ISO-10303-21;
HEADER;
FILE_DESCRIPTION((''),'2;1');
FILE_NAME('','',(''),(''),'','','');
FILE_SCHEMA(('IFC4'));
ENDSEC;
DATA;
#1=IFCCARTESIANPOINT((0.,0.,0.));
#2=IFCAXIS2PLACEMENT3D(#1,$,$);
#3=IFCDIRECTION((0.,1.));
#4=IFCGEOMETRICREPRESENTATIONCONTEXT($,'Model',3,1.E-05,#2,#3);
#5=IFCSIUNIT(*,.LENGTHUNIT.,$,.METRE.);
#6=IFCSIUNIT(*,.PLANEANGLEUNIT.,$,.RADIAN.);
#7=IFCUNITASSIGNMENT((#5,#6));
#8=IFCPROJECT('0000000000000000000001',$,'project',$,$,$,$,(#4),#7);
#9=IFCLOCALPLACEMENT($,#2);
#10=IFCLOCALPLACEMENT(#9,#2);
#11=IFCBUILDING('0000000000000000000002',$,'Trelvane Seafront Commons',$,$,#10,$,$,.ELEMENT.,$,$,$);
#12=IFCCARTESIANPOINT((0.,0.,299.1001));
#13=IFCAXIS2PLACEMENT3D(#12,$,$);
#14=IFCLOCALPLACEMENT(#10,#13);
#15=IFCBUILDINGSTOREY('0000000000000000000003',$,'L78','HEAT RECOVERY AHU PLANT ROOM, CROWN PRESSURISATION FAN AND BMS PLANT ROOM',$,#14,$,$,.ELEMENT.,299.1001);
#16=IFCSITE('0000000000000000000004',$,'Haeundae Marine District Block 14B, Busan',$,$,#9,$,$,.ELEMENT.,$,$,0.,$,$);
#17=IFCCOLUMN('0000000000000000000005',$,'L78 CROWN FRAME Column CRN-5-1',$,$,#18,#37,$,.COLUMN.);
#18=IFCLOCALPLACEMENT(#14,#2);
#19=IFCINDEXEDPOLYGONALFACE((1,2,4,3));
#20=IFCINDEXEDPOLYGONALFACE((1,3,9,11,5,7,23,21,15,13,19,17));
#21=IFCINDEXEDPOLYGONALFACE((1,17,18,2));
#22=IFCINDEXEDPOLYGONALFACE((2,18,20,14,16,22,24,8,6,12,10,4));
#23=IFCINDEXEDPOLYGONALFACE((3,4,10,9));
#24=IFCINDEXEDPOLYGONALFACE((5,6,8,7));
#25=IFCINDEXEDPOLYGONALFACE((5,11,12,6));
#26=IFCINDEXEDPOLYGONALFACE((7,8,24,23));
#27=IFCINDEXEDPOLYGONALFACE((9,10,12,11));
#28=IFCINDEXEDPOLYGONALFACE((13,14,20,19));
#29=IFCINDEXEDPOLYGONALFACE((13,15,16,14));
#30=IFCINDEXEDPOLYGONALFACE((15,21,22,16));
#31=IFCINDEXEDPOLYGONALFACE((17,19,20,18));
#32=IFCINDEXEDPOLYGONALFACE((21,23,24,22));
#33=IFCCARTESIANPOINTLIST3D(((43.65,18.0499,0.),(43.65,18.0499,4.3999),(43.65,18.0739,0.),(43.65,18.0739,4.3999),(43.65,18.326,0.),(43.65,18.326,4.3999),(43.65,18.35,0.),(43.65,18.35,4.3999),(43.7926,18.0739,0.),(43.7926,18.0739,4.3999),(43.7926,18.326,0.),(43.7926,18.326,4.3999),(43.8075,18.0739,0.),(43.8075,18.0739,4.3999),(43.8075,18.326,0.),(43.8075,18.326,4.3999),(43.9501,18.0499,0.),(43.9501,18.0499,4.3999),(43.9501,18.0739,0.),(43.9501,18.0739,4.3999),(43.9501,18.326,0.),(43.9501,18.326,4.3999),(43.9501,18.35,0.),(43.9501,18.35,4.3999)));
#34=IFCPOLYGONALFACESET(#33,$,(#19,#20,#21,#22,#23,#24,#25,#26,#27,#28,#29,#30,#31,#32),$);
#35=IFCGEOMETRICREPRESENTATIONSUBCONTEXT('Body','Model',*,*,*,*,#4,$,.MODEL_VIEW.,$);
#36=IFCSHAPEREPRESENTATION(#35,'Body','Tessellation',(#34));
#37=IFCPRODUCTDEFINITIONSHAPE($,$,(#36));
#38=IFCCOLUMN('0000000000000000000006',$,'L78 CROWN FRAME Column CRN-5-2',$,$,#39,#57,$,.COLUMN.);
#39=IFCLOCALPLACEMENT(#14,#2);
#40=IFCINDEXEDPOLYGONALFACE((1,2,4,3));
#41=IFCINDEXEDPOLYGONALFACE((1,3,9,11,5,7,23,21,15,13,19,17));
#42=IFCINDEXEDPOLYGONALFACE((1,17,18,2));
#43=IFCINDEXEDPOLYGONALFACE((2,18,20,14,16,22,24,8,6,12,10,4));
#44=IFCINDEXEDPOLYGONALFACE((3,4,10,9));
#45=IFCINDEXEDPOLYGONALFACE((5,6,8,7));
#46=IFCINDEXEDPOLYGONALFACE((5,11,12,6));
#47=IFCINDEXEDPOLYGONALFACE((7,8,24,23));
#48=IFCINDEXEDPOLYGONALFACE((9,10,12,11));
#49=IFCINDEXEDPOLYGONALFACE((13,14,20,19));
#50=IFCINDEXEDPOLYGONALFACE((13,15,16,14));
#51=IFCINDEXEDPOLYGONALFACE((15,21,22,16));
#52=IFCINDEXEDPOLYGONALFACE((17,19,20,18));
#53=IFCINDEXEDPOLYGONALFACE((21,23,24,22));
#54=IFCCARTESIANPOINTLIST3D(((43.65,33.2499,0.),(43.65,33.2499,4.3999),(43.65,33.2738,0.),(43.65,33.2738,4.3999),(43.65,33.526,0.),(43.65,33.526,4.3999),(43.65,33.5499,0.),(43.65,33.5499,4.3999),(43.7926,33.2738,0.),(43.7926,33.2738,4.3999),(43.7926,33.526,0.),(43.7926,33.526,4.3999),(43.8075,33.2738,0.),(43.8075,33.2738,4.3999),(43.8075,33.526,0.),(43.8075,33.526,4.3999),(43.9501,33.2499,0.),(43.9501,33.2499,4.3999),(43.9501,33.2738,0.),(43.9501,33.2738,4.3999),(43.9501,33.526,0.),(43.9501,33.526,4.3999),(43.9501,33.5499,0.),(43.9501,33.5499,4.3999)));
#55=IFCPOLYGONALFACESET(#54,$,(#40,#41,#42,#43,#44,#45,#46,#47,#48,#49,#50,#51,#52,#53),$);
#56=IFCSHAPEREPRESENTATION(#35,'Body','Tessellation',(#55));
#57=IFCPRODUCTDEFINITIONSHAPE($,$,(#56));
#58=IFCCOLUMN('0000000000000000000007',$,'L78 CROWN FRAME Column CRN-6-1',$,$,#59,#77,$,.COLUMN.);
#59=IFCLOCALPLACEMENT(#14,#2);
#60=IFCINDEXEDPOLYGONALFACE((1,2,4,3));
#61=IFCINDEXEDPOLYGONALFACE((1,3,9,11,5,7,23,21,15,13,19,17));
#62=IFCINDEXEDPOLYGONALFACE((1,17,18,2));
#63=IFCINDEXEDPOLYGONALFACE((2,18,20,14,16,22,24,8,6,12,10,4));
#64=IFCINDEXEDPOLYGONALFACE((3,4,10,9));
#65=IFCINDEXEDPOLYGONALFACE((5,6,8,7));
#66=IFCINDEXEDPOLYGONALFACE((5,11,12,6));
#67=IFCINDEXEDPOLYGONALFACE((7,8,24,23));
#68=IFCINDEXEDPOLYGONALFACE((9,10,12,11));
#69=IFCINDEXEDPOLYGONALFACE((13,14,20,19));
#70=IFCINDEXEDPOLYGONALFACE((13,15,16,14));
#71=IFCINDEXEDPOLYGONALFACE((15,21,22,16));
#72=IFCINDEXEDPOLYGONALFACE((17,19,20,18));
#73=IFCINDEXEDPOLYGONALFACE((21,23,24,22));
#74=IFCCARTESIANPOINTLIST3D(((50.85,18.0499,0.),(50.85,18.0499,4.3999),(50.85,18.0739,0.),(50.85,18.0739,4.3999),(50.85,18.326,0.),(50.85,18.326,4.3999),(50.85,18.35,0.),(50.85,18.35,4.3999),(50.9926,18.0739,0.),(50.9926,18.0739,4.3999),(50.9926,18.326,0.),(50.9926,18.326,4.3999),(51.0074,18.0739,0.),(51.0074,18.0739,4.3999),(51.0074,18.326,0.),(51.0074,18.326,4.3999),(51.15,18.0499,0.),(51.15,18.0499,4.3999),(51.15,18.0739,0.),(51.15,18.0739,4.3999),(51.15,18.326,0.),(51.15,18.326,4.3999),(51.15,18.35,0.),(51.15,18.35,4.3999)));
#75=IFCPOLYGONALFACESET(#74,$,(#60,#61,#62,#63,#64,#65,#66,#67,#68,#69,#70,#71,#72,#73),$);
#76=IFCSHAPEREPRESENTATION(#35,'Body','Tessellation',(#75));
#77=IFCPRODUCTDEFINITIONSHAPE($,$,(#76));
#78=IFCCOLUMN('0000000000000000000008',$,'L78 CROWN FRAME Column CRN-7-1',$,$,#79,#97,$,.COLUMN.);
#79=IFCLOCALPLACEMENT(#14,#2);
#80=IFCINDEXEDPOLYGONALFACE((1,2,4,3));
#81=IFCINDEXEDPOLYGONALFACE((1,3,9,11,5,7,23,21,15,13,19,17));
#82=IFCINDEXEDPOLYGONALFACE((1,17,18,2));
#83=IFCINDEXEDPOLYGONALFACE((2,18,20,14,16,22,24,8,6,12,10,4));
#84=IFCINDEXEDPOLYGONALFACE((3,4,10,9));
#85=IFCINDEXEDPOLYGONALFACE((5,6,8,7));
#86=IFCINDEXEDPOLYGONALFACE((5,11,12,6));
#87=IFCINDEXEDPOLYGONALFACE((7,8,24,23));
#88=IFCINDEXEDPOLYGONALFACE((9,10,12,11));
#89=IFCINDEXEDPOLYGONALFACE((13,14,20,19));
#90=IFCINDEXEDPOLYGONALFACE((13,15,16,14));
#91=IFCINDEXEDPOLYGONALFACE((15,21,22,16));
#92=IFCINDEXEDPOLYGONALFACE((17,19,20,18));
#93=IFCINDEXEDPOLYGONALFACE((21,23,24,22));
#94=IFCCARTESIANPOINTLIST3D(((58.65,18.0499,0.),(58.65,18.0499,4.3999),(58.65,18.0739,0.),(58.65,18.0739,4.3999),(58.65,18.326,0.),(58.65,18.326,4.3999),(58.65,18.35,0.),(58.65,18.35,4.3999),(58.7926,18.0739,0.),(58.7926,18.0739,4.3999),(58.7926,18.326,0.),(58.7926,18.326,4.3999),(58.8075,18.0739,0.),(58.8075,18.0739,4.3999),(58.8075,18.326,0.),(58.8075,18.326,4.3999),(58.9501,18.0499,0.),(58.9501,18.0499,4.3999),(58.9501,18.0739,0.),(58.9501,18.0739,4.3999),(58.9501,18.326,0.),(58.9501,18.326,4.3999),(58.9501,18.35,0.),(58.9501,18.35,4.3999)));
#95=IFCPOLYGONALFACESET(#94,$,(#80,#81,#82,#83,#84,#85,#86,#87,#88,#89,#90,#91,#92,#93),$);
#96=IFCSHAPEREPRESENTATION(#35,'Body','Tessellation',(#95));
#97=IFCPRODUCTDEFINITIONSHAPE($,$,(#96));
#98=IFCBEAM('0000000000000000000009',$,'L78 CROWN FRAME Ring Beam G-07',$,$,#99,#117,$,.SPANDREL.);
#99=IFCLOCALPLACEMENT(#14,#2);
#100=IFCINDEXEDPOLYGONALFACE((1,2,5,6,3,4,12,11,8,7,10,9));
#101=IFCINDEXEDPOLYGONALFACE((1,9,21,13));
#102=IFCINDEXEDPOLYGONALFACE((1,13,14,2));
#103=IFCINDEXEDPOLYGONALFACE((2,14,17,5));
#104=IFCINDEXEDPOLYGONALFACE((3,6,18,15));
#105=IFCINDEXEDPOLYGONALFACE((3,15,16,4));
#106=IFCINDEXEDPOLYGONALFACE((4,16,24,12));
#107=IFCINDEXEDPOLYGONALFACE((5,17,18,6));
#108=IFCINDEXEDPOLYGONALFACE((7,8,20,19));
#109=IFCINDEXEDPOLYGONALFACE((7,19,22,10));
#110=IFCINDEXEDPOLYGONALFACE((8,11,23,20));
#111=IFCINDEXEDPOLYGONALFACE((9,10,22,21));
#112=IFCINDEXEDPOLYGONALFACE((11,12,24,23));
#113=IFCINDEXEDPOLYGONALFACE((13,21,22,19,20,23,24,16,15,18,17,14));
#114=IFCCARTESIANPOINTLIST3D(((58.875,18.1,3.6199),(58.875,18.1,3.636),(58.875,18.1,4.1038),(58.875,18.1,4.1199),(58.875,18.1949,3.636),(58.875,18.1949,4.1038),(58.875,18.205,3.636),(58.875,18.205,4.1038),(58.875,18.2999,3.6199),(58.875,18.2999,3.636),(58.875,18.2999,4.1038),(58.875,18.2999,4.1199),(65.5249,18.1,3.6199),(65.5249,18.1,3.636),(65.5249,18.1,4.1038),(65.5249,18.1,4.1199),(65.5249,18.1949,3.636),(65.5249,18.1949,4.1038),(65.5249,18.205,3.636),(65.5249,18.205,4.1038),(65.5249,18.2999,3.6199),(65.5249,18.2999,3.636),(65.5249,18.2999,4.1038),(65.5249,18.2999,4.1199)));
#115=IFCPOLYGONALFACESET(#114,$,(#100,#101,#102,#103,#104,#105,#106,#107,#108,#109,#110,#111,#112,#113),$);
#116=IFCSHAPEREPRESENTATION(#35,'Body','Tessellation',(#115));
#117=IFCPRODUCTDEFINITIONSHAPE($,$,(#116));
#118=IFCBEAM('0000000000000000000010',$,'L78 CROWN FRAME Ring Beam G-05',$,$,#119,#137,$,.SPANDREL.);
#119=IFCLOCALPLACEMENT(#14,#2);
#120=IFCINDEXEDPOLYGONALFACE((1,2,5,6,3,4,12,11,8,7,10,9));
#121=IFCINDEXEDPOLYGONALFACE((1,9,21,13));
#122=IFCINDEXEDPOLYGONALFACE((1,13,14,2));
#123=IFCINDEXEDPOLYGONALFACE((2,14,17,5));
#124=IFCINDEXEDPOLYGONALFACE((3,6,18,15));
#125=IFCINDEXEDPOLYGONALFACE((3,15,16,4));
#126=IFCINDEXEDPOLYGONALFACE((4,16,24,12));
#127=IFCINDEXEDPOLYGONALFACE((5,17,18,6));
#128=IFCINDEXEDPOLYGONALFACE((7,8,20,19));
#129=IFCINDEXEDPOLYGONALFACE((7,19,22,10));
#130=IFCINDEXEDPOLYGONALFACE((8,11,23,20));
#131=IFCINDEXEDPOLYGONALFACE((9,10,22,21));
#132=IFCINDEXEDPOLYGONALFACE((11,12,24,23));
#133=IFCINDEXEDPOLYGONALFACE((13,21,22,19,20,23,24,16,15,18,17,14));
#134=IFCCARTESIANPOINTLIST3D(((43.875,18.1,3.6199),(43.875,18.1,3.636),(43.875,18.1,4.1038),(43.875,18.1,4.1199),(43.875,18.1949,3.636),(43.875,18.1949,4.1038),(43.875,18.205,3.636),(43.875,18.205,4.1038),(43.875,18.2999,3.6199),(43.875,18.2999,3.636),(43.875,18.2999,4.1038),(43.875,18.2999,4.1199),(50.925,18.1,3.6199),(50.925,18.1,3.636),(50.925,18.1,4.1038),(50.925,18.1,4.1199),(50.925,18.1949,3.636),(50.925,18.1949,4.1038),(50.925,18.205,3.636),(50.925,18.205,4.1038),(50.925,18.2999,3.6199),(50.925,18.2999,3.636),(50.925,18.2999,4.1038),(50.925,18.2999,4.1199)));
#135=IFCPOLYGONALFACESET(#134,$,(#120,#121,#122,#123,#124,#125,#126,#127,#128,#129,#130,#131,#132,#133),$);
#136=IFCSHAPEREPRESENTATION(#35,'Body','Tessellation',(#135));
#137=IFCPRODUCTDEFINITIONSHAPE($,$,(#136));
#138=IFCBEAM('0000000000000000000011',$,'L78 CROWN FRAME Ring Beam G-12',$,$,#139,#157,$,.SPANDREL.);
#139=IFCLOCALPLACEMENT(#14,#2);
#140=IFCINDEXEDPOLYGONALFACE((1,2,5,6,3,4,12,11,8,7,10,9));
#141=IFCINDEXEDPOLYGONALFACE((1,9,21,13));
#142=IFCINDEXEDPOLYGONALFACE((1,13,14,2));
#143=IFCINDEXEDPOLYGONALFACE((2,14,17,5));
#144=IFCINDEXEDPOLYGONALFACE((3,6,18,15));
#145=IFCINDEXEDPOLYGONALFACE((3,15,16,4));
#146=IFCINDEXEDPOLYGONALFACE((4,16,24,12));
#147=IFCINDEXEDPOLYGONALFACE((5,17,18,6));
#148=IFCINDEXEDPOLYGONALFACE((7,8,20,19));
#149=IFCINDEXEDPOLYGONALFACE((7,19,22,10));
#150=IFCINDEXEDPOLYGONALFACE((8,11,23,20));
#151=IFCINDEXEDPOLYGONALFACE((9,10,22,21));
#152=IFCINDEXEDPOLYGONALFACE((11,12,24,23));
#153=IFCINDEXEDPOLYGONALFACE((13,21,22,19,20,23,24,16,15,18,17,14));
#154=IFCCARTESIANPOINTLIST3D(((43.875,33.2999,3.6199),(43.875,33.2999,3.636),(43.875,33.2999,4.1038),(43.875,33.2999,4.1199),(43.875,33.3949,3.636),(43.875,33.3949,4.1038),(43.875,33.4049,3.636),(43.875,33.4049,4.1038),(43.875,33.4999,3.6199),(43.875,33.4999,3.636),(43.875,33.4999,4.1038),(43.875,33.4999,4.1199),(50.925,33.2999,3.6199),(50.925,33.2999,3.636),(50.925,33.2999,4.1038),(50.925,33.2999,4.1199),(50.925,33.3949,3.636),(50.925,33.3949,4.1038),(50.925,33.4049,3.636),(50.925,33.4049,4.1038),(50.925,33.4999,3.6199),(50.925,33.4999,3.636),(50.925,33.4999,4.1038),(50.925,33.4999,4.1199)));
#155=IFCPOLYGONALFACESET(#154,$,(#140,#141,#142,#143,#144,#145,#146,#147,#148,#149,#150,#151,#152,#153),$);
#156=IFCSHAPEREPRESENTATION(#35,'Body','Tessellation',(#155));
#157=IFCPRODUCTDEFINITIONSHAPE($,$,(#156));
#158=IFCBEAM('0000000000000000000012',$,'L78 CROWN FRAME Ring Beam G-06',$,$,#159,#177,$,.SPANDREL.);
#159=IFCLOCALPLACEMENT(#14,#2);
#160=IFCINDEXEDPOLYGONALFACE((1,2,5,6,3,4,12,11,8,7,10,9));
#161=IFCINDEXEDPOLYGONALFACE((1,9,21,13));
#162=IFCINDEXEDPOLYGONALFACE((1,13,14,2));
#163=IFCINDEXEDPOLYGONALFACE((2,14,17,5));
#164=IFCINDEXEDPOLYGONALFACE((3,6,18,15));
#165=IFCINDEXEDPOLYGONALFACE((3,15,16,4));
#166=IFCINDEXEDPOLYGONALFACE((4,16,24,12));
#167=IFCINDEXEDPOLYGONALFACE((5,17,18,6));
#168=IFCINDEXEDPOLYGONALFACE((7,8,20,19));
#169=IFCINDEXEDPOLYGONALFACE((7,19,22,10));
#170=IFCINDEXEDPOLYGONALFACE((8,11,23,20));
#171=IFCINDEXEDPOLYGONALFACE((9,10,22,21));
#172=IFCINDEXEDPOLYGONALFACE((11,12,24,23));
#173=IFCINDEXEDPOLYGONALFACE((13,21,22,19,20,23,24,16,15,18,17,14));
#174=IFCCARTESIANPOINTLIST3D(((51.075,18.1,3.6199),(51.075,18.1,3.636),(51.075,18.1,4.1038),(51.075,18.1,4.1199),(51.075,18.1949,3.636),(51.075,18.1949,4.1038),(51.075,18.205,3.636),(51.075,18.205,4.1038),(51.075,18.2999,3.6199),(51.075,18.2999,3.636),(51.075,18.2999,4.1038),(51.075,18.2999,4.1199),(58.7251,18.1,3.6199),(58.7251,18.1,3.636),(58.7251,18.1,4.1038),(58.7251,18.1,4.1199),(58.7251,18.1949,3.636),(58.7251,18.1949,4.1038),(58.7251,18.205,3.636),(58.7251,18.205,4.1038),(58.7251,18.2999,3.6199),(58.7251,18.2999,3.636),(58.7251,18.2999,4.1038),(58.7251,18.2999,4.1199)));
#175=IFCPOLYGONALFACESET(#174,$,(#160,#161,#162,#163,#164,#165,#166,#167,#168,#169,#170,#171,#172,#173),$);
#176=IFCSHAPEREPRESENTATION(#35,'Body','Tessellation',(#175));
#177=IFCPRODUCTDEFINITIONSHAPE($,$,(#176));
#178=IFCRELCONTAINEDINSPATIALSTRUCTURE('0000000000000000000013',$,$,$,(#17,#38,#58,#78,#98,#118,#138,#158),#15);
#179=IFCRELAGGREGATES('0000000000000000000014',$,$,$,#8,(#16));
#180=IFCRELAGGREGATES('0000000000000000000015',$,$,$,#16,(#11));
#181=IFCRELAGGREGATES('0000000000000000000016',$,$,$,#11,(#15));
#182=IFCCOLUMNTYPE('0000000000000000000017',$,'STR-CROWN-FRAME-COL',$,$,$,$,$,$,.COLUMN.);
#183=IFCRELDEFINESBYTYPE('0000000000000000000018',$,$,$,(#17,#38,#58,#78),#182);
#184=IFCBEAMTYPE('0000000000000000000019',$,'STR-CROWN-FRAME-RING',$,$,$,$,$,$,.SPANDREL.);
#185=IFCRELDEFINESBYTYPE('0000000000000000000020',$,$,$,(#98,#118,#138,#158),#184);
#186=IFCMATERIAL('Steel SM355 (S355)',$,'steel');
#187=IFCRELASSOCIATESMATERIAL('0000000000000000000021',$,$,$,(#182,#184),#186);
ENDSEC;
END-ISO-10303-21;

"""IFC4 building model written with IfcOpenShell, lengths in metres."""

from ifc_helpers import new_model, si_unit, direction, frame, origin, origin_2d, place, context, subcontext, project, spatial, i_section, extrude, source, transform, mapped, material, material_profile, profile_set, type_object, element, save


model = new_model("IFC4")

# Units and contexts
model_context = context("Model", 3, precision=1e-05, world=origin(), true_north=direction((0.0, 1.0)))
body_context = subcontext(model_context, "Body", "Model", "MODEL_VIEW")
ifc_project = project(units=[si_unit("LENGTHUNIT", "METRE"), si_unit("PLANEANGLEUNIT", "RADIAN")], contexts=[model_context])

# Site, building, storey
site_placement = place(None, origin())
site = spatial("IfcSite", under=ifc_project, at=site_placement, Name="Haeundae Marine District Block 14B, Busan", CompositionType="ELEMENT", RefElevation=0.0)
building_placement = place(site_placement, origin())
building = spatial("IfcBuilding", under=site, at=building_placement, Name="Trelvane Seafront Commons", CompositionType="ELEMENT")
storey_placement = place(building_placement, frame((0.0, 0.0, 299.1001)))
storey = spatial("IfcBuildingStorey", under=building, at=storey_placement, Name="L78", Description="HEAT RECOVERY AHU PLANT ROOM, CROWN PRESSURISATION FAN AND BMS PLANT ROOM", CompositionType="ELEMENT", Elevation=299.1001)

# Columns
ifc_material_1 = material(Name="Steel SM355 (S355)", Category="steel")
ifc_material_profile_1 = material_profile(ifc_material_1, i_section(OverallWidth=0.3, OverallDepth=0.3, WebThickness=0.0149, FlangeThickness=0.0239, at=origin_2d()), Name="HD-300x300x15x24")
ifc_profile_set_1 = profile_set([ifc_material_profile_1], Name="Steel SM355 (S355)")
column_type = type_object("IfcColumnType", Name="STR-CROWN-FRAME-COL", PredefinedType="COLUMN", material=ifc_profile_set_1)
shared_shape_1 = source(origin(), body_context, "Body", "SweptSolid", [
    extrude(i_section(OverallWidth=0.3, OverallDepth=0.3, WebThickness=0.0149, FlangeThickness=0.0239, at=origin_2d()), origin(), (0.0, 0.0, 1.0), 4.3999),
])
for number, where, z_axis, x_axis, name in (
    (1, (43.8, 18.2, 0.0), (0.0, 0.0, 1.0), (1.0, 0.0, 0.0), "L78 CROWN FRAME Column CRN-5-1"),
    (2, (43.8, 33.3999, 0.0), (0.0, 0.0, 1.0), (1.0, 0.0, 0.0), "L78 CROWN FRAME Column CRN-5-2"),
    (3, (51.0, 18.2, 0.0), (0.0, 0.0, 1.0), (1.0, 0.0, 0.0), "L78 CROWN FRAME Column CRN-6-1"),
    (4, (58.8, 18.2, 0.0), (0.0, 0.0, 1.0), (1.0, 0.0, 0.0), "L78 CROWN FRAME Column CRN-7-1"),
):
    element("IfcColumn", number, at=place(storey_placement, frame(where, z_axis=z_axis, x_axis=x_axis)), inside=storey, type_object=column_type, Name=name, PredefinedType="COLUMN", context=body_context, shape_type="MappedRepresentation", body=[
        mapped(shared_shape_1, transform((0.0, 0.0, 0.0), x_axis=(1.0, 0.0, 0.0), y_axis=(0.0, 1.0, 0.0), z_axis=(0.0, 0.0, 1.0), scale=1.0)),
    ])

# Beams
ifc_material_profile_2 = material_profile(ifc_material_1, i_section(OverallWidth=0.2, OverallDepth=0.5, WebThickness=0.01, FlangeThickness=0.0161, at=origin_2d()), Name="H-500x200x10x16")
ifc_profile_set_2 = profile_set([ifc_material_profile_2], Name="Steel SM355 (S355)")
beam_type_1 = type_object("IfcBeamType", Name="STR-CROWN-FRAME-RING", PredefinedType="SPANDREL", material=ifc_profile_set_2)
shared_shape_2 = source(origin(), body_context, "Body", "SweptSolid", [
    extrude(i_section(OverallWidth=0.2, OverallDepth=0.5, WebThickness=0.01, FlangeThickness=0.0161, at=origin_2d()), origin(), (0.0, 0.0, 1.0), 6.6499),
])
beam_1_placement = place(storey_placement, frame((58.875, 18.2, 3.8699), z_axis=(1.0, 0.0, 0.0), x_axis=(0.0, 1.0, 0.0)))
element("IfcBeam", 5, at=beam_1_placement, inside=storey, type_object=beam_type_1, Name="L78 CROWN FRAME Ring Beam G-07", PredefinedType="SPANDREL", context=body_context, shape_type="MappedRepresentation", body=[
    mapped(shared_shape_2, transform((0.0, 0.0, 0.0), x_axis=(1.0, 0.0, 0.0), y_axis=(0.0, 1.0, 0.0), z_axis=(0.0, 0.0, 1.0), scale=1.0)),
])
shared_shape_3 = source(origin(), body_context, "Body", "SweptSolid", [
    extrude(i_section(OverallWidth=0.2, OverallDepth=0.5, WebThickness=0.01, FlangeThickness=0.0161, at=origin_2d()), origin(), (0.0, 0.0, 1.0), 7.05),
])
for number, where, z_axis, x_axis, name in (
    (6, (43.875, 18.2, 3.8699), (1.0, 0.0, 0.0), (0.0, 1.0, 0.0), "L78 CROWN FRAME Ring Beam G-05"),
    (7, (43.875, 33.3999, 3.8699), (1.0, 0.0, 0.0), (0.0, 1.0, 0.0), "L78 CROWN FRAME Ring Beam G-12"),
):
    element("IfcBeam", number, at=place(storey_placement, frame(where, z_axis=z_axis, x_axis=x_axis)), inside=storey, type_object=beam_type_1, Name=name, PredefinedType="SPANDREL", context=body_context, shape_type="MappedRepresentation", body=[
        mapped(shared_shape_3, transform((0.0, 0.0, 0.0), x_axis=(1.0, 0.0, 0.0), y_axis=(0.0, 1.0, 0.0), z_axis=(0.0, 0.0, 1.0), scale=1.0)),
    ])
shared_shape_4 = source(origin(), body_context, "Body", "SweptSolid", [
    extrude(i_section(OverallWidth=0.2, OverallDepth=0.5, WebThickness=0.01, FlangeThickness=0.0161, at=origin_2d()), origin(), (0.0, 0.0, 1.0), 7.6501),
])
beam_2_placement = place(storey_placement, frame((51.075, 18.2, 3.8699), z_axis=(1.0, 0.0, 0.0), x_axis=(0.0, 1.0, 0.0)))
element("IfcBeam", 8, at=beam_2_placement, inside=storey, type_object=beam_type_1, Name="L78 CROWN FRAME Ring Beam G-06", PredefinedType="SPANDREL", context=body_context, shape_type="MappedRepresentation", body=[
    mapped(shared_shape_4, transform((0.0, 0.0, 0.0), x_axis=(1.0, 0.0, 0.0), y_axis=(0.0, 1.0, 0.0), z_axis=(0.0, 0.0, 1.0), scale=1.0)),
])

save(model, "model.ifc")
